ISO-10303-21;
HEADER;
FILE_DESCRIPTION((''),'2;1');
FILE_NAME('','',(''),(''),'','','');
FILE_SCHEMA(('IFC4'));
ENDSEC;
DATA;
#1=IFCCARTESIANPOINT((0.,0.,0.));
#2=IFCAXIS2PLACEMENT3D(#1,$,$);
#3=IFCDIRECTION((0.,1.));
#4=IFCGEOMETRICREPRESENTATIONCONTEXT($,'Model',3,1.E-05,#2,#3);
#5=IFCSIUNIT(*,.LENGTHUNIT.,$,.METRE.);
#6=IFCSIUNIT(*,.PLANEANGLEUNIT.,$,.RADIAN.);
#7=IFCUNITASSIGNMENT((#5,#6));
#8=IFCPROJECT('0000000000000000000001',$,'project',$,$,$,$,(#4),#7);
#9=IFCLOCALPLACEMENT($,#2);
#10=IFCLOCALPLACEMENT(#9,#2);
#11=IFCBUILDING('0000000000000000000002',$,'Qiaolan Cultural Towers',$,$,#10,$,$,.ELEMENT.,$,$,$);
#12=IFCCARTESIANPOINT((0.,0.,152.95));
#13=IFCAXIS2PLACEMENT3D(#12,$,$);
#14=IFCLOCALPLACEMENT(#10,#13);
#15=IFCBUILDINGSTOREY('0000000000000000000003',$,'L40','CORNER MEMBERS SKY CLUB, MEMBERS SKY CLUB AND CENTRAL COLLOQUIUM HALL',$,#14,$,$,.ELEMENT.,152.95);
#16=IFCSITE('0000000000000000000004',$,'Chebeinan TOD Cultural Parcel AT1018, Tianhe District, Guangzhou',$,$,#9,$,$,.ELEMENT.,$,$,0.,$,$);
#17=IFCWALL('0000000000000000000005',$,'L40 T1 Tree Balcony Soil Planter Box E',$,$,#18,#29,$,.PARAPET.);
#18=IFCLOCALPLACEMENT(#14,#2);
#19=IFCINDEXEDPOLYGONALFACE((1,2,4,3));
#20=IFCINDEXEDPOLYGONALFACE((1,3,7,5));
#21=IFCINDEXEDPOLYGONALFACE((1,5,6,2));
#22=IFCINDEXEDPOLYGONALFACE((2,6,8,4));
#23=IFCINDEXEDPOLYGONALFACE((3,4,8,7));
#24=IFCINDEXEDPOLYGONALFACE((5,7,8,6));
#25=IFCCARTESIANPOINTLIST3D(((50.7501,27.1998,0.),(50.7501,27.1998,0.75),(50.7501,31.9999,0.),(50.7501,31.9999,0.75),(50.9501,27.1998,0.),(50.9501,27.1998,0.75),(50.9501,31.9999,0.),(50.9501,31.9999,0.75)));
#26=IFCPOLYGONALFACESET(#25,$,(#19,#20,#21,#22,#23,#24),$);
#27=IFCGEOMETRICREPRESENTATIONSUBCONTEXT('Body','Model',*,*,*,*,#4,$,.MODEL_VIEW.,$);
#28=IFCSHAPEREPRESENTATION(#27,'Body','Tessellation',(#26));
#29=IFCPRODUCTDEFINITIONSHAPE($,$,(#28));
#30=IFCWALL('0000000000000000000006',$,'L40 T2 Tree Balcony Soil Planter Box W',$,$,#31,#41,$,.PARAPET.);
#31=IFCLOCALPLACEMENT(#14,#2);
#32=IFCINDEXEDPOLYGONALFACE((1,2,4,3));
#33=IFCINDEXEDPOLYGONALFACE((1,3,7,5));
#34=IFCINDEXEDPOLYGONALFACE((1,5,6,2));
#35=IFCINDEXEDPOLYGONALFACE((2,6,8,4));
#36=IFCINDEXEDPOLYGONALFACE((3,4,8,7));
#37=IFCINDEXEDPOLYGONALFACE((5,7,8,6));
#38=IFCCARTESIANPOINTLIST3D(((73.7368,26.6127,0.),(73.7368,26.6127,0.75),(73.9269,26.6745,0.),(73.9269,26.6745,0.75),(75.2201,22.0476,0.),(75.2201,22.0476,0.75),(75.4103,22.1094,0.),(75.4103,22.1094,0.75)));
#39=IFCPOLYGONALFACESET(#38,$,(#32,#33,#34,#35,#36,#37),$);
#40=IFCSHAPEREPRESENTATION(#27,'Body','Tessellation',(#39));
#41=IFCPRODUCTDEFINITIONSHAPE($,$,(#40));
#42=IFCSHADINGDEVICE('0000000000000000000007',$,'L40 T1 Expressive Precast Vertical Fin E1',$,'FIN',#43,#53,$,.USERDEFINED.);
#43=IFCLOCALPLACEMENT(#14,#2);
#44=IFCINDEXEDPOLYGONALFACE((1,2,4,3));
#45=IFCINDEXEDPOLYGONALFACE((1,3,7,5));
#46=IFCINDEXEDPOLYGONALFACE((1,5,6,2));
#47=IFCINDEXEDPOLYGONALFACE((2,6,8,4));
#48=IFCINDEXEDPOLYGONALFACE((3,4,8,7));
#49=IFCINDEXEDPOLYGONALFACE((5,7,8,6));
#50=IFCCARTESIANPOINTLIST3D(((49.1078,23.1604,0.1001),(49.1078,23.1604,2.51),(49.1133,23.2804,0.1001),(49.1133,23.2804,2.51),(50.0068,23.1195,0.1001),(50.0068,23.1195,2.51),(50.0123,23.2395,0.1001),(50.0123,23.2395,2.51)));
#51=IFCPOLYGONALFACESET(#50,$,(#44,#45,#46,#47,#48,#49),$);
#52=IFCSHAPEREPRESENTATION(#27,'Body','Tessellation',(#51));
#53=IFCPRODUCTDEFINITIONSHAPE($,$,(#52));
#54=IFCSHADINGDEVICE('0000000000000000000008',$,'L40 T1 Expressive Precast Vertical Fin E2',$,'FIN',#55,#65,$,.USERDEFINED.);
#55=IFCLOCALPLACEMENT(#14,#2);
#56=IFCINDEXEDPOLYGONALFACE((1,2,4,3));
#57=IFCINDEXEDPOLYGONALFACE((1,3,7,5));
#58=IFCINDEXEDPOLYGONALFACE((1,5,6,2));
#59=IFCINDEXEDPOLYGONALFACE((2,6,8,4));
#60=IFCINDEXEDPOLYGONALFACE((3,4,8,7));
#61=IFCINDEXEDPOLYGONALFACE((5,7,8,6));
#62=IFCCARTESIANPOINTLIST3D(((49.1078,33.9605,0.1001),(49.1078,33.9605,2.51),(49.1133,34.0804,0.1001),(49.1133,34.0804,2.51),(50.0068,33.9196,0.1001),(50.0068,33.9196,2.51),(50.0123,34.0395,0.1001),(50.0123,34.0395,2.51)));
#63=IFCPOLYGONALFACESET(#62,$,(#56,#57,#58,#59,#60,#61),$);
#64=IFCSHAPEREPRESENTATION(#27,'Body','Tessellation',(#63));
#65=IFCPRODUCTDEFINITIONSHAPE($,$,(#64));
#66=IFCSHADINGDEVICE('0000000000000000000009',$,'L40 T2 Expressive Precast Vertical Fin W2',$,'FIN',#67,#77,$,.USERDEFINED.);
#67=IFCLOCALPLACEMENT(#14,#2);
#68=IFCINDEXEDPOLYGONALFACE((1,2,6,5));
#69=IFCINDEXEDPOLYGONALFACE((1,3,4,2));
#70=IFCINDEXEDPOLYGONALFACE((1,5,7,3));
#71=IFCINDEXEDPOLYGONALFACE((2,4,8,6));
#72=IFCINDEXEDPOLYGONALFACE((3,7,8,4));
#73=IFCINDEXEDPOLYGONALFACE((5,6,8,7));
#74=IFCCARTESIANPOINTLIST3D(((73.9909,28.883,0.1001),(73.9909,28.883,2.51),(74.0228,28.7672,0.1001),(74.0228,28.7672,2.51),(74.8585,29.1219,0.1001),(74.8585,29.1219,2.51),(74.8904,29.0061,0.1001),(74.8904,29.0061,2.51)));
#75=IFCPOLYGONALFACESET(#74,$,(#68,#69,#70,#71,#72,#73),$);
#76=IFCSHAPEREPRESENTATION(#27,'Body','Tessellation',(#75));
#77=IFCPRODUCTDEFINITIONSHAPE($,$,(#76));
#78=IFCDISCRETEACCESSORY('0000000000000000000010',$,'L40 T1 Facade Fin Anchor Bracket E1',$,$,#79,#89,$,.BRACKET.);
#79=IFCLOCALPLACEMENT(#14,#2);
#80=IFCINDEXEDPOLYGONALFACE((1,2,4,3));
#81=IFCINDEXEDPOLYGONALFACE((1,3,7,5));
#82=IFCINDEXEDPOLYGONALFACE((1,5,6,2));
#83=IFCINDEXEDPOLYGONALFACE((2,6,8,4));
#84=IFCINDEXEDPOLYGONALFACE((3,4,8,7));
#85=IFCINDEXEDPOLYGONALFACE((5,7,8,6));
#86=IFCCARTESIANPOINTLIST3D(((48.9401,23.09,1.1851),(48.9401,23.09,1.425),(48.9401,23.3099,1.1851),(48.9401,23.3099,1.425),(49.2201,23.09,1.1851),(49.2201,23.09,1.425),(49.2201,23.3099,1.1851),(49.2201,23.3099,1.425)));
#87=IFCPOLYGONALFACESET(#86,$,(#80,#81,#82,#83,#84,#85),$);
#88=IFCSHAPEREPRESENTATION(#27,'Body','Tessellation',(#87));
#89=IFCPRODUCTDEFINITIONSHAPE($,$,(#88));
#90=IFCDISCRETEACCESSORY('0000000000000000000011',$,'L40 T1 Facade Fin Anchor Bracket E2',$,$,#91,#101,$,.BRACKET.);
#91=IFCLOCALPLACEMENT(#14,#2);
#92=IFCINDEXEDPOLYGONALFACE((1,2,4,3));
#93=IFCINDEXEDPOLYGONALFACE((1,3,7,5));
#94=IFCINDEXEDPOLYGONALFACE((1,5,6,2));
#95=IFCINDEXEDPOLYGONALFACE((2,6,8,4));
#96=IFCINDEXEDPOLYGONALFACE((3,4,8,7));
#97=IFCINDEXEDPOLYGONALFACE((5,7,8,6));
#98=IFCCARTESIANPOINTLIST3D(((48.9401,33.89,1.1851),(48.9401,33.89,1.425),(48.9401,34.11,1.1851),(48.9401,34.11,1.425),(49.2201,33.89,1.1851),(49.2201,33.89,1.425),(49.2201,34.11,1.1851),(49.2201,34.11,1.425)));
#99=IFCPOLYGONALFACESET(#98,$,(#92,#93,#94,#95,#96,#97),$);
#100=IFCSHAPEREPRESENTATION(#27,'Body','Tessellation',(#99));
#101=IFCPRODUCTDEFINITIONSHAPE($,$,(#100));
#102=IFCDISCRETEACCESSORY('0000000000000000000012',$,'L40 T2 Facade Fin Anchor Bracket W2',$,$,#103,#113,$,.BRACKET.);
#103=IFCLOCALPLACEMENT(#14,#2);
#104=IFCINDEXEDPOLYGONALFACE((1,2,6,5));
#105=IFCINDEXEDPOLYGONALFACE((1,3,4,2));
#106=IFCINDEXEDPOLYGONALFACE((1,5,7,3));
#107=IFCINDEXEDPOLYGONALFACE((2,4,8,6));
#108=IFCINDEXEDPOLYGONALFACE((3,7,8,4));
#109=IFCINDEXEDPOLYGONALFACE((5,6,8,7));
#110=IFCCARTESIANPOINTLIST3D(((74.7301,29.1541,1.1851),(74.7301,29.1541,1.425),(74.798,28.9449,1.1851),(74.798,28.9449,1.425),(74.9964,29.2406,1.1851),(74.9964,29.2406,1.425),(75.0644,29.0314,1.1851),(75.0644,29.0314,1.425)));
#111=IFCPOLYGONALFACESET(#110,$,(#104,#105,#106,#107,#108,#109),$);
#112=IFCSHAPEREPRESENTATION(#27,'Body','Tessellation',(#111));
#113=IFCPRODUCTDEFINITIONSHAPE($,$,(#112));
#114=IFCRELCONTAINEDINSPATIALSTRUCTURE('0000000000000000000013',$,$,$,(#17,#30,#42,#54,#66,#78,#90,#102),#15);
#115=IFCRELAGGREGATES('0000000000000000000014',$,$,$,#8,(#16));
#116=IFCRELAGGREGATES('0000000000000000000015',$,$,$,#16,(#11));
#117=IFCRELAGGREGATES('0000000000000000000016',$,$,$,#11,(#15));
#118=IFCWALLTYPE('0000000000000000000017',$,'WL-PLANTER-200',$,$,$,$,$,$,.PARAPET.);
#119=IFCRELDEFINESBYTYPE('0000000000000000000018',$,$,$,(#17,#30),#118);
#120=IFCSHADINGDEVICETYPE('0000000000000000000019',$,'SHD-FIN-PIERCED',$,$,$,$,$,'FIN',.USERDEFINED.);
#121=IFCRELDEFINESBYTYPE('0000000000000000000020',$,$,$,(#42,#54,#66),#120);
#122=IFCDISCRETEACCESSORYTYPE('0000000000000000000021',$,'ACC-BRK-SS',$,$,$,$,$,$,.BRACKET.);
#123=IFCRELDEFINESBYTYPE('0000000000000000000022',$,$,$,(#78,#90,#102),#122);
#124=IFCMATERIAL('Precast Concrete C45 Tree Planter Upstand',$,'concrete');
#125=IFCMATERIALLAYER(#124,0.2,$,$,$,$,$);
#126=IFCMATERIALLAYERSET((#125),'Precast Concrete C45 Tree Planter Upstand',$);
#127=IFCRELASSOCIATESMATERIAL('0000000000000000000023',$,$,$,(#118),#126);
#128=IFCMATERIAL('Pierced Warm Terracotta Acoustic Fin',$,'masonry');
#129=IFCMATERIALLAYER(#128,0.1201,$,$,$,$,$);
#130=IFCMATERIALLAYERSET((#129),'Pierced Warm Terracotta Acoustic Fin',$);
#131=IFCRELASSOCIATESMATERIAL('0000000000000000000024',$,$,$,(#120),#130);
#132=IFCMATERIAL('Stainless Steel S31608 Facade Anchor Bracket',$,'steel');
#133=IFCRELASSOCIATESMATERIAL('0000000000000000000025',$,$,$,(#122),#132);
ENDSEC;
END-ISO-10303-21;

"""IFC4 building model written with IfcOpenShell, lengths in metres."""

from ifc_helpers import new_model, si_unit, direction, frame, frame_2d, origin, origin_2d, place, context, subcontext, project, spatial, rectangle, extrude, material, layer, layer_set, type_object, element, save


model = new_model("IFC4")

# Units and contexts
model_context = context("Model", 3, precision=1e-05, world=origin(), true_north=direction((0.0, 1.0)))
body_context = subcontext(model_context, "Body", "Model", "MODEL_VIEW")
ifc_project = project(units=[si_unit("LENGTHUNIT", "METRE"), si_unit("PLANEANGLEUNIT", "RADIAN")], contexts=[model_context])

# Site, building, storey
site_placement = place(None, origin())
site = spatial("IfcSite", under=ifc_project, at=site_placement, Name="Chebeinan TOD Cultural Parcel AT1018, Tianhe District, Guangzhou", CompositionType="ELEMENT", RefElevation=0.0)
building_placement = place(site_placement, origin())
building = spatial("IfcBuilding", under=site, at=building_placement, Name="Qiaolan Cultural Towers", CompositionType="ELEMENT")
storey_placement = place(building_placement, frame((0.0, 0.0, 152.95)))
storey = spatial("IfcBuildingStorey", under=building, at=storey_placement, Name="L40", Description="CORNER MEMBERS SKY CLUB, MEMBERS SKY CLUB AND CENTRAL COLLOQUIUM HALL", CompositionType="ELEMENT", Elevation=152.95)

# Walls
ifc_material_1 = material(Name="Precast Concrete C45 Tree Planter Upstand", Category="concrete")
ifc_layer_1 = layer(ifc_material_1, 0.2)
ifc_layer_set_1 = layer_set([ifc_layer_1], Name="Precast Concrete C45 Tree Planter Upstand")
wall_type_1 = type_object("IfcWallType", Name="WL-PLANTER-200", PredefinedType="PARAPET", material=ifc_layer_set_1)
for number, where, z_axis, x_axis, name in (
    (1, (50.8501, 27.2, 0.0), (0.0, 0.0, 1.0), (0.0, 1.0, 0.0), "L40 T1 Tree Balcony Soil Planter Box E"),
    (2, (75.3152, 22.0786, 0.0), (0.0, 0.0, 1.0), (-0.309032, 0.951052, 0.0), "L40 T2 Tree Balcony Soil Planter Box W"),
):
    element("IfcWall", number, at=place(storey_placement, frame(where, z_axis=z_axis, x_axis=x_axis)), inside=storey, type_object=wall_type_1, Name=name, PredefinedType="PARAPET", context=body_context, shape_type="SweptSolid", body=[
        extrude(rectangle(XDim=4.8, YDim=0.2, at=frame_2d((2.3999, 0.0))), origin(), (0.0, 0.0, 1.0), 0.75),
    ])

# Shading devices
ifc_material_2 = material(Name="Pierced Warm Terracotta Acoustic Fin", Category="masonry")
ifc_layer_2 = layer(ifc_material_2, 0.1201)
ifc_layer_set_2 = layer_set([ifc_layer_2], Name="Pierced Warm Terracotta Acoustic Fin")
shading_device_type = type_object("IfcShadingDeviceType", Name="SHD-FIN-PIERCED", ElementType="FIN", PredefinedType="USERDEFINED", material=ifc_layer_set_2)
for number, where, z_axis, x_axis, name in (
    (3, (49.5601, 23.2, 0.1001), (0.0, 0.0, 1.0), (0.998967, -0.045445, 0.0), "L40 T1 Expressive Precast Vertical Fin E1"),
    (4, (49.5601, 34.0, 0.1001), (0.0, 0.0, 1.0), (0.998967, -0.045445, 0.0), "L40 T1 Expressive Precast Vertical Fin E2"),
    (5, (74.4407, 28.9446, 0.1001), (0.0, 0.0, 1.0), (0.964117, 0.265477, 0.0), "L40 T2 Expressive Precast Vertical Fin W2"),
):
    element("IfcShadingDevice", number, at=place(storey_placement, frame(where, z_axis=z_axis, x_axis=x_axis)), inside=storey, type_object=shading_device_type, Name=name, ObjectType="FIN", PredefinedType="USERDEFINED", context=body_context, shape_type="SweptSolid", body=[
        extrude(rectangle(XDim=0.8999, YDim=0.1201, at=origin_2d()), origin(), (0.0, 0.0, 1.0), 2.4099),
    ])

# Discrete accessories
ifc_material_3 = material(Name="Stainless Steel S31608 Facade Anchor Bracket", Category="steel")
discrete_accessory_type = type_object("IfcDiscreteAccessoryType", Name="ACC-BRK-SS", PredefinedType="BRACKET", material=ifc_material_3)
for number, where, z_axis, x_axis, name in (
    (6, (49.0801, 23.2, 1.1851), (0.0, 0.0, 1.0), (1.0, 0.0, 0.0), "L40 T1 Facade Fin Anchor Bracket E1"),
    (7, (49.0801, 34.0, 1.1851), (0.0, 0.0, 1.0), (1.0, 0.0, 0.0), "L40 T1 Facade Fin Anchor Bracket E2"),
    (8, (74.8972, 29.0928, 1.1851), (0.0, 0.0, 1.0), (0.951057, 0.309017, 0.0), "L40 T2 Facade Fin Anchor Bracket W2"),
):
    element("IfcDiscreteAccessory", number, at=place(storey_placement, frame(where, z_axis=z_axis, x_axis=x_axis)), inside=storey, type_object=discrete_accessory_type, Name=name, PredefinedType="BRACKET", context=body_context, shape_type="SweptSolid", body=[
        extrude(rectangle(XDim=0.28, YDim=0.22, at=origin_2d()), origin(), (0.0, 0.0, 1.0), 0.24),
    ])

save(model, "model.ifc")
